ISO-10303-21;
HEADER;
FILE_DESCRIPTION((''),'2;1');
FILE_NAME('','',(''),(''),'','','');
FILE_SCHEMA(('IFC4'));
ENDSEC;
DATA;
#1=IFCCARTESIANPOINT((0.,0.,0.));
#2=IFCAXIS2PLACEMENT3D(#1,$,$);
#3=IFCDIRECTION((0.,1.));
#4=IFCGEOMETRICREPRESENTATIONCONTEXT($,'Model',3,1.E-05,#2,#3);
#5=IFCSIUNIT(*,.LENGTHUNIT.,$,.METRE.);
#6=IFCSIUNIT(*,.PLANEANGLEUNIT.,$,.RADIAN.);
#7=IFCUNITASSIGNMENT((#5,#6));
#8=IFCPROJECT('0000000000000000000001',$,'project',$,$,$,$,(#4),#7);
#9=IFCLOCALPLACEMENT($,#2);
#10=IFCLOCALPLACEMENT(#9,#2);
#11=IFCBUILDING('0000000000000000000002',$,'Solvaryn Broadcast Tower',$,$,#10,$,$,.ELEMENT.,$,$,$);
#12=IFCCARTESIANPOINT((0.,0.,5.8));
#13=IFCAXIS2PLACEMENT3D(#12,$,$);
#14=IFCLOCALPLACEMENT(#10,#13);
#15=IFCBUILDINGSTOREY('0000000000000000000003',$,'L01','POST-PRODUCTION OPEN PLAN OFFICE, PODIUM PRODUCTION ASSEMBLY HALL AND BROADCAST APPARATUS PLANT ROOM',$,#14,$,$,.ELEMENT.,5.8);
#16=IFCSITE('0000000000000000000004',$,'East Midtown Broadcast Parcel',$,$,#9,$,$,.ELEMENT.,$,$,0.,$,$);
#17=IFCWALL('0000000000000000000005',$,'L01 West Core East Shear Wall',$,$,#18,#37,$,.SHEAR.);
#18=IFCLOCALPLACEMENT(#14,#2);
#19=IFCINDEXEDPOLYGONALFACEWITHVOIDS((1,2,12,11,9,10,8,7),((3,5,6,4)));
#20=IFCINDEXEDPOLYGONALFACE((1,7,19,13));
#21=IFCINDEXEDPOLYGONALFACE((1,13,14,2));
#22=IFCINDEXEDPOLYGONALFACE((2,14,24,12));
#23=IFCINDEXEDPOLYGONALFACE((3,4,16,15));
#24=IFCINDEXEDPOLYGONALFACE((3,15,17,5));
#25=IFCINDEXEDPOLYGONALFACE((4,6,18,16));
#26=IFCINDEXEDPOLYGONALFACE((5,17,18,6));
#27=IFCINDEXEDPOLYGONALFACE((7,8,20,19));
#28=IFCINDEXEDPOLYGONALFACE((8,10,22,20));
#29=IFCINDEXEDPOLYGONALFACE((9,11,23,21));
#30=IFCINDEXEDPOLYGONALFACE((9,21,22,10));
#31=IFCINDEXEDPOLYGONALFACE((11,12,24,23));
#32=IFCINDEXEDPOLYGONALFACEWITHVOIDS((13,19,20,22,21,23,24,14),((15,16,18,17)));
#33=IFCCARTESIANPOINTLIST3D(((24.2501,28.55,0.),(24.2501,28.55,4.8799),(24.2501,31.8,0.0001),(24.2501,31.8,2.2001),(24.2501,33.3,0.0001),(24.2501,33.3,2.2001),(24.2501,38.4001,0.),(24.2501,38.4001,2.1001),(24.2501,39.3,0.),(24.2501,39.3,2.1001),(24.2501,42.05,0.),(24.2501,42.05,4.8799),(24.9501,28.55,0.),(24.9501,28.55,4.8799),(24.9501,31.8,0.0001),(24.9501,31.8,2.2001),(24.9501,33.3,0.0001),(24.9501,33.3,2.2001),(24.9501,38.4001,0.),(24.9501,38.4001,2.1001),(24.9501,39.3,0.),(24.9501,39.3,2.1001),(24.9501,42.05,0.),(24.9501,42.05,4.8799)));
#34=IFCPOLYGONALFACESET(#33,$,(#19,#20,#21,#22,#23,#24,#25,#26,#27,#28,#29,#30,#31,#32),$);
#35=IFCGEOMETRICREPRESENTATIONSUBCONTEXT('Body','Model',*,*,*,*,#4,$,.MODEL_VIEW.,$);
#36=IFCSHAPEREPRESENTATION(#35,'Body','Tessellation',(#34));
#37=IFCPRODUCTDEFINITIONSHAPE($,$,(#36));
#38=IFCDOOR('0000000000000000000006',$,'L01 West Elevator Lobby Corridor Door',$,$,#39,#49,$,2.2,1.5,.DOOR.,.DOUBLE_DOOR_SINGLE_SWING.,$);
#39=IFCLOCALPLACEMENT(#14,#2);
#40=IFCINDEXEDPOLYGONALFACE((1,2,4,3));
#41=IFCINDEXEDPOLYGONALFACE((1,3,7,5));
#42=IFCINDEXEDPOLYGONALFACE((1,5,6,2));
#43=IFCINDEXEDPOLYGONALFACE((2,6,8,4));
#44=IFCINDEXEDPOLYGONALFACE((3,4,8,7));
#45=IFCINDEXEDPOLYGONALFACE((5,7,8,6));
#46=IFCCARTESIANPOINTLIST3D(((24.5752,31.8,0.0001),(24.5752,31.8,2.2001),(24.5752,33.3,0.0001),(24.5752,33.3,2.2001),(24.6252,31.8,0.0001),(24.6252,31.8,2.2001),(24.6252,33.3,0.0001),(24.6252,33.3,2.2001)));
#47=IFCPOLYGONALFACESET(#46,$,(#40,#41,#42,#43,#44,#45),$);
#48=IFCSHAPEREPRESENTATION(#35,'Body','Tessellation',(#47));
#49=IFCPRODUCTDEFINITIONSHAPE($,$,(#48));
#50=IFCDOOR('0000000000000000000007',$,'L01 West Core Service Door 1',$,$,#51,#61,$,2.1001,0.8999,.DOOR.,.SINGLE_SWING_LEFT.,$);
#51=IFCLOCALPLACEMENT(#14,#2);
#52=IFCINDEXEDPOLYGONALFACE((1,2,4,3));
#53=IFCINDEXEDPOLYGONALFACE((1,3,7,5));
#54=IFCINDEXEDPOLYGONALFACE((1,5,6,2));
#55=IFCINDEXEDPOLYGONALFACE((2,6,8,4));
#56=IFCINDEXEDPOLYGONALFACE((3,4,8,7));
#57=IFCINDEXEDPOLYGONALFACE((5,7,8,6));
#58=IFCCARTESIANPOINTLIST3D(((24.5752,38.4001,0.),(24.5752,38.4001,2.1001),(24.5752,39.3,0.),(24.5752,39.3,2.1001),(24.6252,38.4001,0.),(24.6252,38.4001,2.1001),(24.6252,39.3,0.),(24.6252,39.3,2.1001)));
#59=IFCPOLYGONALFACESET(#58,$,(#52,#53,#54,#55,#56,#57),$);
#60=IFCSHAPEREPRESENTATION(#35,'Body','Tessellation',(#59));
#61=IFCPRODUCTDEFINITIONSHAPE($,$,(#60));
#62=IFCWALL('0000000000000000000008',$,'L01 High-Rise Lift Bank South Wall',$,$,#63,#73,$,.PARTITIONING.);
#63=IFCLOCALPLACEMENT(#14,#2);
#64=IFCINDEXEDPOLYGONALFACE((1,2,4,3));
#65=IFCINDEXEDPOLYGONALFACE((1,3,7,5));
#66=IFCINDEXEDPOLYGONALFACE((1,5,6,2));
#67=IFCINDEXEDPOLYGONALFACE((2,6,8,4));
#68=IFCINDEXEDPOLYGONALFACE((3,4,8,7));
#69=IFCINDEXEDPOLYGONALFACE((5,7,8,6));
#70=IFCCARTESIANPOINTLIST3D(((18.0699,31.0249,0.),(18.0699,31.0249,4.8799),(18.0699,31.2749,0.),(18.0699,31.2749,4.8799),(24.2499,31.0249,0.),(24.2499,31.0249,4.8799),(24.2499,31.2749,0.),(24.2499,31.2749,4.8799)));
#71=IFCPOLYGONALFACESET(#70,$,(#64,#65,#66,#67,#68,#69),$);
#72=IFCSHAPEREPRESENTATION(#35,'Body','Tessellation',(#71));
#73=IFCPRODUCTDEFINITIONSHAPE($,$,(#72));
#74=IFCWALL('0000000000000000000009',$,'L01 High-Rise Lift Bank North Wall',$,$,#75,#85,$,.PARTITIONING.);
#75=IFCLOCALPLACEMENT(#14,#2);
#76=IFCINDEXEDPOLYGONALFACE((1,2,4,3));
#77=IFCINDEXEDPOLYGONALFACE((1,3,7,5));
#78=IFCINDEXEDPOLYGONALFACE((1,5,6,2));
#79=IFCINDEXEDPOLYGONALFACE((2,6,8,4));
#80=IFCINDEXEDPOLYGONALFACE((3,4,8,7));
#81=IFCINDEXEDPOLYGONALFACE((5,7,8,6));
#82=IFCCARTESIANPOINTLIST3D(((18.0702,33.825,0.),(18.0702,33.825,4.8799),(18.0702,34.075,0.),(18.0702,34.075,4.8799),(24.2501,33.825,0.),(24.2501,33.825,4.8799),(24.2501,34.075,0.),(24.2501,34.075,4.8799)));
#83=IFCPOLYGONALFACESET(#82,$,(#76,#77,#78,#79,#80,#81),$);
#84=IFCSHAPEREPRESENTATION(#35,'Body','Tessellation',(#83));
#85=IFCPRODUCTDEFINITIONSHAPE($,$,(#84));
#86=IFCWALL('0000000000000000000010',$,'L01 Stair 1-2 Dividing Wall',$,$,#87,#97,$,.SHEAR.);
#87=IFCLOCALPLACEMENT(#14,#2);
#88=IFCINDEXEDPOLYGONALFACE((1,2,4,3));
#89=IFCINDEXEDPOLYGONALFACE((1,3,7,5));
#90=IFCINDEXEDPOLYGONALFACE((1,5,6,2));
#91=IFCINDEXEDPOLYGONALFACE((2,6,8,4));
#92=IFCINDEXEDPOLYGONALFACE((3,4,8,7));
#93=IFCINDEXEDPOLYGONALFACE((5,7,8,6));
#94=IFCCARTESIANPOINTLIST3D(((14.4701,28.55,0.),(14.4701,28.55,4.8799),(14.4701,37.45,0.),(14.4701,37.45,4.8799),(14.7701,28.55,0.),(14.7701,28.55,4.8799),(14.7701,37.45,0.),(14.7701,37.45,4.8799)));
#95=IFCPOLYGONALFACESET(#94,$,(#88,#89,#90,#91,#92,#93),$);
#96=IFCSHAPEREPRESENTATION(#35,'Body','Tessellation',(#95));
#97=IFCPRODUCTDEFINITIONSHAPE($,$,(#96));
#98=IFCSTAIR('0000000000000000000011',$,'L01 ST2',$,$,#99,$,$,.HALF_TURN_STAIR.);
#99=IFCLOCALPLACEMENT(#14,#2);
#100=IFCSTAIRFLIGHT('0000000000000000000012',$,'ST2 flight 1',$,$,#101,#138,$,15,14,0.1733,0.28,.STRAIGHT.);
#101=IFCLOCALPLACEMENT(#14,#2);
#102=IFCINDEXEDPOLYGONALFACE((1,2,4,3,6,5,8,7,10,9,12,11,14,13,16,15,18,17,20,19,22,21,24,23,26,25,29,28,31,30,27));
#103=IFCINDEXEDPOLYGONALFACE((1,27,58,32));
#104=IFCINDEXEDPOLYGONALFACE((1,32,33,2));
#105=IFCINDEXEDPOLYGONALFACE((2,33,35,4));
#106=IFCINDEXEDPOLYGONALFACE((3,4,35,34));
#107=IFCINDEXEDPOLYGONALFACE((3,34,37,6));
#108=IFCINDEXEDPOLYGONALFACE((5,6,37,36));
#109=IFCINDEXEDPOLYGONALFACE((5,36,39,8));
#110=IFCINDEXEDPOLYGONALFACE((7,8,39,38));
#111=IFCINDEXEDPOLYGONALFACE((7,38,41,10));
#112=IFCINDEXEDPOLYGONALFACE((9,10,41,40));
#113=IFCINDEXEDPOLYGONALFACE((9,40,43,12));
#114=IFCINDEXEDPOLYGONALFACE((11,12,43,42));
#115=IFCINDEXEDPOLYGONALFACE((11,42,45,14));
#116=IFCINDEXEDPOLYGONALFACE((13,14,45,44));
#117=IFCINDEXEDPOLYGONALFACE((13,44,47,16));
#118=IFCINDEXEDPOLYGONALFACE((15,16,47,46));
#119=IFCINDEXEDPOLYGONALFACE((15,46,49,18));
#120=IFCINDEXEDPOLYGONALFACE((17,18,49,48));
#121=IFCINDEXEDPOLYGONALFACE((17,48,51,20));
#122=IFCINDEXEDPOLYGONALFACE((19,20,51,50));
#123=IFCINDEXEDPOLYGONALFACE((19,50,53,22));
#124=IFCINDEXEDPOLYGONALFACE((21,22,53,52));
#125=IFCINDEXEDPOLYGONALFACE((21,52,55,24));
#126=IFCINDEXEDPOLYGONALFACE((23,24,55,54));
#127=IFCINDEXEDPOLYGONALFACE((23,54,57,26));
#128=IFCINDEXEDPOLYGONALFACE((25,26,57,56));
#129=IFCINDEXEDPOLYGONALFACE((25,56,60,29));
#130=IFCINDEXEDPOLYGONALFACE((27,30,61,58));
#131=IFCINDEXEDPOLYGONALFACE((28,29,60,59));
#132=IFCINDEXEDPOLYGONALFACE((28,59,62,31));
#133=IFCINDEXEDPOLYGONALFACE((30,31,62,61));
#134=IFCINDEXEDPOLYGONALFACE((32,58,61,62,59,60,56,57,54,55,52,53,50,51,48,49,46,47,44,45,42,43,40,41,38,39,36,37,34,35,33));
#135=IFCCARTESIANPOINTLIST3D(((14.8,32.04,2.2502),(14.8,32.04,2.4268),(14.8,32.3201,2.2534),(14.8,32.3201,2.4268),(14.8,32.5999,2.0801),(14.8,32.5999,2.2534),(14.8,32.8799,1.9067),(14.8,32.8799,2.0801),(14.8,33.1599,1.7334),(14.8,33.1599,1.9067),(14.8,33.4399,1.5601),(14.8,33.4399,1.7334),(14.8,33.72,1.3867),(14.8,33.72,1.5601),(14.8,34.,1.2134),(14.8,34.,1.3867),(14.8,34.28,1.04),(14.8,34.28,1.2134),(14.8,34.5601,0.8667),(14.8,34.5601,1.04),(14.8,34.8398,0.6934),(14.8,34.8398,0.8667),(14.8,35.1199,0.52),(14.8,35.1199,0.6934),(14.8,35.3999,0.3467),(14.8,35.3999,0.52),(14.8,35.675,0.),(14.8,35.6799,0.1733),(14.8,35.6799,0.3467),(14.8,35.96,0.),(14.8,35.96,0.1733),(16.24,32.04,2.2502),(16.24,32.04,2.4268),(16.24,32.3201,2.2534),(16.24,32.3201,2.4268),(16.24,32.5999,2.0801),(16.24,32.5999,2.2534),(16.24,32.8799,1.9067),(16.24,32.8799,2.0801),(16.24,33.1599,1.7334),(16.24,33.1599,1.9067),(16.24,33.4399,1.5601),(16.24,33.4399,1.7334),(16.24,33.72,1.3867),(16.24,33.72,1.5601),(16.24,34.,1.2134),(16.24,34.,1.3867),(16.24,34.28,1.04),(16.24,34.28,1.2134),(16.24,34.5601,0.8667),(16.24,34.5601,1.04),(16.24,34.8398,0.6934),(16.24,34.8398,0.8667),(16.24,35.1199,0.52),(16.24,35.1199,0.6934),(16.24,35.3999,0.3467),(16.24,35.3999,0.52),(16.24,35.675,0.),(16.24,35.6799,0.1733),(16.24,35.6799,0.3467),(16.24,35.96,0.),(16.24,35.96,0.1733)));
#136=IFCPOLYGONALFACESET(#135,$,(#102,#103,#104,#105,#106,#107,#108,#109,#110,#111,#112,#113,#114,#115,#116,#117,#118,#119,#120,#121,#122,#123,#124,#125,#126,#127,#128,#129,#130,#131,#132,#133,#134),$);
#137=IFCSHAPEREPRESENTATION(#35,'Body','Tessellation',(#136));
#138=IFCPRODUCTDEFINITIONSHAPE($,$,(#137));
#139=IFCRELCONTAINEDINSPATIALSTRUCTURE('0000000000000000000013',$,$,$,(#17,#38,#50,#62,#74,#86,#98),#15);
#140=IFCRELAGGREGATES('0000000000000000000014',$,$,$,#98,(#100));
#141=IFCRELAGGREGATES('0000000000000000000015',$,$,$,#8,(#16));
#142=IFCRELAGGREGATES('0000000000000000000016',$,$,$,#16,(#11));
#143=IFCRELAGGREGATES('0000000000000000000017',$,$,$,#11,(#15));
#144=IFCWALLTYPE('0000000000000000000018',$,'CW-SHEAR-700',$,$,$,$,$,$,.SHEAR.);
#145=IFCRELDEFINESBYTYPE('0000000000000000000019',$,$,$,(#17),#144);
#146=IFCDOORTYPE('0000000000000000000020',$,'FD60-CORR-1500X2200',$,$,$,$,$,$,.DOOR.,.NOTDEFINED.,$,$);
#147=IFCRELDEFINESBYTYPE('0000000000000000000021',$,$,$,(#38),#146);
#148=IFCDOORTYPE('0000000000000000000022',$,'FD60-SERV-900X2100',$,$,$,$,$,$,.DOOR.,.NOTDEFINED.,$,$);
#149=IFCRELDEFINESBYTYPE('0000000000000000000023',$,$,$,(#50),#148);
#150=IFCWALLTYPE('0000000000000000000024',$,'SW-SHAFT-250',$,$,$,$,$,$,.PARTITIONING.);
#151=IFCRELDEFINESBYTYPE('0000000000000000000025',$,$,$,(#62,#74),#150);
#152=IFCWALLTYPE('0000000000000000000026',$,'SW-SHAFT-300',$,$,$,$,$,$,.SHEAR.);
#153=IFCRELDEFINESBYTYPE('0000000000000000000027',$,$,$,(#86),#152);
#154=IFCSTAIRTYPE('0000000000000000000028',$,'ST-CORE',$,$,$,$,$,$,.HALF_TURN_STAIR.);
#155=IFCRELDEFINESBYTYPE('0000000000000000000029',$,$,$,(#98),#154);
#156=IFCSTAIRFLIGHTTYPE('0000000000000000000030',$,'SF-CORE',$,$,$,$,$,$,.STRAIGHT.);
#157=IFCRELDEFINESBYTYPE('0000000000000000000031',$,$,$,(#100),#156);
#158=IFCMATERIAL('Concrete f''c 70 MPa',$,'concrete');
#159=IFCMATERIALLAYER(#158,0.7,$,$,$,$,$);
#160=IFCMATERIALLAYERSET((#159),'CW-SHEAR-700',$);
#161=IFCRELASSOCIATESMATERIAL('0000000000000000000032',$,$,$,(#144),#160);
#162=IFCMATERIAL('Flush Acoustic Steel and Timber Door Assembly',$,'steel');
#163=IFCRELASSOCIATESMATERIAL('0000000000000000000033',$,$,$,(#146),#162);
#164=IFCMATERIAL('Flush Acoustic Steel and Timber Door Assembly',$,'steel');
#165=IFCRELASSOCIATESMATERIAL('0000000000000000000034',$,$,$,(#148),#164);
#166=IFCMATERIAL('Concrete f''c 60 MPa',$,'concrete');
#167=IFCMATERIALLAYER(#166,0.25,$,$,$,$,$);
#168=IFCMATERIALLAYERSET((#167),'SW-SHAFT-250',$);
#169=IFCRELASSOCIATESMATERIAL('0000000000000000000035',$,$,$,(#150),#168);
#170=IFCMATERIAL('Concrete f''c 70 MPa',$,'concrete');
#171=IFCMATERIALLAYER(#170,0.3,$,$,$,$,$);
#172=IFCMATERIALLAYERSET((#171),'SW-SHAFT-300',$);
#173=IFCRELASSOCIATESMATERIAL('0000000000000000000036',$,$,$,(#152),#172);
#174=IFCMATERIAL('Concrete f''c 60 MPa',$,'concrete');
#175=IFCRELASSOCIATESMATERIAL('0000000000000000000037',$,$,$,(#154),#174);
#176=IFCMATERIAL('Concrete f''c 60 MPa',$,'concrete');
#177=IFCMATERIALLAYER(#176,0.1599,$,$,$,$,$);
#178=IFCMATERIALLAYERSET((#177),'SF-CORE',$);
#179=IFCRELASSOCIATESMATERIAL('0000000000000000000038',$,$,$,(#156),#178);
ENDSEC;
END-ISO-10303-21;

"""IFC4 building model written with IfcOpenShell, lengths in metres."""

from ifc_helpers import new_model, si_unit, direction, frame, frame_2d, origin, place, context, subcontext, project, spatial, polyline, rectangle, outline, extrude, material, layer, layer_set, type_object, element, fill, aggregate, save


model = new_model("IFC4")

# Units and contexts
model_context = context("Model", 3, precision=1e-05, world=origin(), true_north=direction((0.0, 1.0)))
body_context = subcontext(model_context, "Body", "Model", "MODEL_VIEW")
ifc_project = project(units=[si_unit("LENGTHUNIT", "METRE"), si_unit("PLANEANGLEUNIT", "RADIAN")], contexts=[model_context])

# Site, building, storey
site_placement = place(None, origin())
site = spatial("IfcSite", under=ifc_project, at=site_placement, Name="East Midtown Broadcast Parcel", CompositionType="ELEMENT", RefElevation=0.0)
building_placement = place(site_placement, origin())
building = spatial("IfcBuilding", under=site, at=building_placement, Name="Solvaryn Broadcast Tower", CompositionType="ELEMENT")
storey_placement = place(building_placement, frame((0.0, 0.0, 5.8)))
storey = spatial("IfcBuildingStorey", under=building, at=storey_placement, Name="L01", Description="POST-PRODUCTION OPEN PLAN OFFICE, PODIUM PRODUCTION ASSEMBLY HALL AND BROADCAST APPARATUS PLANT ROOM", CompositionType="ELEMENT", Elevation=5.8)

# Wall, openings, doors
ifc_material_1 = material(Name="Concrete f'c 70 MPa", Category="concrete")
ifc_layer_1 = layer(ifc_material_1, 0.7)
ifc_layer_set_1 = layer_set([ifc_layer_1], Name="CW-SHEAR-700")
wall_type_1 = type_object("IfcWallType", Name="CW-SHEAR-700", PredefinedType="SHEAR", material=ifc_layer_set_1)
wall_1_placement = place(storey_placement, frame((24.6001, 28.55, 0.0), z_axis=(0.0, 0.0, 1.0), x_axis=(0.0, 1.0, 0.0)))
wall_1 = element("IfcWall", 1, at=wall_1_placement, inside=storey, type_object=wall_type_1, Name="L01 West Core East Shear Wall", PredefinedType="SHEAR", context=body_context, shape_type="SweptSolid", body=[
    extrude(rectangle(XDim=13.5, YDim=0.7, at=frame_2d((6.75, 0.0))), origin(), (0.0, 0.0, 1.0), 4.8799),
])
opening_1_placement = place(wall_1_placement, frame((3.25, 0.0, 0.0)))
opening_1 = element("IfcOpeningElement", 2, at=opening_1_placement, cuts=wall_1, PredefinedType="OPENING", context=body_context, shape_type="SweptSolid", body=[
    extrude(rectangle(XDim=1.5, YDim=2.2, at=frame_2d((0.75, 1.1001))), frame((0.0, 0.3601, 0.0), z_axis=(0.0, -1.0, 0.0), x_axis=(1.0, 0.0, 0.0)), (0.0, 0.0, 1.0), 0.72),
])
opening_2_placement = place(wall_1_placement, frame((9.8501, 0.0, 0.0)))
opening_2 = element("IfcOpeningElement", 3, at=opening_2_placement, cuts=wall_1, PredefinedType="OPENING", context=body_context, shape_type="SweptSolid", body=[
    extrude(rectangle(XDim=0.8999, YDim=2.1001, at=frame_2d((0.45, 1.05))), frame((0.0, 0.3601, 0.0), z_axis=(0.0, -1.0, 0.0), x_axis=(1.0, 0.0, 0.0)), (0.0, 0.0, 1.0), 0.72),
])
ifc_material_2 = material(Name="Flush Acoustic Steel and Timber Door Assembly", Category="steel")
door_type_1 = type_object("IfcDoorType", Name="FD60-CORR-1500X2200", OperationType="NOTDEFINED", PredefinedType="DOOR", material=ifc_material_2)
door_1_placement = place(opening_1_placement, origin())
door_1 = element("IfcDoor", 4, at=door_1_placement, inside=storey, type_object=door_type_1, Name="L01 West Elevator Lobby Corridor Door", OperationType="DOUBLE_DOOR_SINGLE_SWING", OverallHeight=2.2, OverallWidth=1.5, PredefinedType="DOOR", context=body_context, shape_type="SweptSolid", body=[
    extrude(rectangle(XDim=1.5, YDim=2.2, at=frame_2d((0.75, 1.1001))), frame((0.0, 0.0249, 0.0), z_axis=(0.0, -1.0, 0.0), x_axis=(1.0, 0.0, 0.0)), (0.0, 0.0, 1.0), 0.05),
])
fill(opening_1, door_1)
ifc_material_3 = material(Name="Flush Acoustic Steel and Timber Door Assembly", Category="steel")
door_type_2 = type_object("IfcDoorType", Name="FD60-SERV-900X2100", OperationType="NOTDEFINED", PredefinedType="DOOR", material=ifc_material_3)
door_2_placement = place(opening_2_placement, origin())
door_2 = element("IfcDoor", 5, at=door_2_placement, inside=storey, type_object=door_type_2, Name="L01 West Core Service Door 1", OperationType="SINGLE_SWING_LEFT", OverallHeight=2.1001, OverallWidth=0.8999, PredefinedType="DOOR", context=body_context, shape_type="SweptSolid", body=[
    extrude(rectangle(XDim=0.8999, YDim=2.1001, at=frame_2d((0.45, 1.05))), frame((0.0, 0.0249, 0.0), z_axis=(0.0, -1.0, 0.0), x_axis=(1.0, 0.0, 0.0)), (0.0, 0.0, 1.0), 0.05),
])
fill(opening_2, door_2)

# Walls
ifc_material_4 = material(Name="Concrete f'c 60 MPa", Category="concrete")
ifc_layer_2 = layer(ifc_material_4, 0.25)
ifc_layer_set_2 = layer_set([ifc_layer_2], Name="SW-SHAFT-250")
wall_type_2 = type_object("IfcWallType", Name="SW-SHAFT-250", PredefinedType="PARTITIONING", material=ifc_layer_set_2)
for number, where, z_axis, x_axis, name in (
    (6, (18.0701, 31.1499, 0.0), (0.0, 0.0, 1.0), (1.0, 0.0, 0.0), "L01 High-Rise Lift Bank South Wall"),
    (7, (24.25, 33.95, 0.0), (0.0, 0.0, 1.0), (-1.0, 0.0, 0.0), "L01 High-Rise Lift Bank North Wall"),
):
    element("IfcWall", number, at=place(storey_placement, frame(where, z_axis=z_axis, x_axis=x_axis)), inside=storey, type_object=wall_type_2, Name=name, PredefinedType="PARTITIONING", context=body_context, shape_type="SweptSolid", body=[
        extrude(rectangle(XDim=6.1799, YDim=0.25, at=frame_2d((3.0898, 0.0))), origin(), (0.0, 0.0, 1.0), 4.8799),
    ])
ifc_material_5 = material(Name="Concrete f'c 70 MPa", Category="concrete")
ifc_layer_3 = layer(ifc_material_5, 0.3)
ifc_layer_set_3 = layer_set([ifc_layer_3], Name="SW-SHAFT-300")
wall_type_3 = type_object("IfcWallType", Name="SW-SHAFT-300", PredefinedType="SHEAR", material=ifc_layer_set_3)
wall_2_placement = place(storey_placement, frame((14.6201, 28.55, 0.0), z_axis=(0.0, 0.0, 1.0), x_axis=(0.0, 1.0, 0.0)))
element("IfcWall", 8, at=wall_2_placement, inside=storey, type_object=wall_type_3, Name="L01 Stair 1-2 Dividing Wall", PredefinedType="SHEAR", context=body_context, shape_type="SweptSolid", body=[
    extrude(rectangle(XDim=8.8999, YDim=0.3, at=frame_2d((4.45, 0.0))), origin(), (0.0, 0.0, 1.0), 4.8799),
])

# Stair, stair flight
ifc_material_6 = material(Name="Concrete f'c 60 MPa", Category="concrete")
stair_type = type_object("IfcStairType", Name="ST-CORE", PredefinedType="HALF_TURN_STAIR", material=ifc_material_6)
stair_placement = place(storey_placement, origin())
stair = element("IfcStair", 9, at=stair_placement, inside=storey, type_object=stair_type, Name="L01 ST2", PredefinedType="HALF_TURN_STAIR")
ifc_material_7 = material(Name="Concrete f'c 60 MPa", Category="concrete")
ifc_layer_4 = layer(ifc_material_7, 0.1599)
ifc_layer_set_4 = layer_set([ifc_layer_4], Name="SF-CORE")
stair_flight_type = type_object("IfcStairFlightType", Name="SF-CORE", PredefinedType="STRAIGHT", material=ifc_layer_set_4)
stair_flight_1_placement = place(storey_placement, frame((15.52, 35.96, 0.0), z_axis=(0.0, 0.0, 1.0), x_axis=(0.0, -1.0, 0.0)))
stair_flight_1 = element("IfcStairFlight", 10, at=stair_flight_1_placement, type_object=stair_flight_type, Name="ST2 flight 1", NumberOfRisers=15, NumberOfTreads=14, PredefinedType="STRAIGHT", RiserHeight=0.1733, TreadLength=0.28, context=body_context, shape_type="SweptSolid", body=[
    extrude(outline(polyline([(0.0, 0.0), (0.0, 0.1733), (0.28, 0.1733), (0.28, 0.3467), (0.5601, 0.3467), (0.5601, 0.52), (0.8401, 0.52), (0.8401, 0.6934), (1.1201, 0.6934), (1.1201, 0.8667), (1.3999, 0.8667), (1.3999, 1.04), (1.6799, 1.04), (1.6799, 1.2134), (1.96, 1.2134), (1.96, 1.3867), (2.24, 1.3867), (2.24, 1.5601), (2.52, 1.5601), (2.52, 1.7334), (2.8, 1.7334), (2.8, 1.9067), (3.0801, 1.9067), (3.0801, 2.0801), (3.3601, 2.0801), (3.3601, 2.2534), (3.6399, 2.2534), (3.6399, 2.4268), (3.9199, 2.4268), (3.9199, 2.6001), (3.9199, 2.2502), (0.2849, 0.0), (0.0, 0.0)])), frame((0.0, 0.72, 0.0), z_axis=(0.0, -1.0, 0.0), x_axis=(1.0, 0.0, 0.0)), (0.0, 0.0, 1.0), 1.4399),
])
aggregate(stair, [stair_flight_1])

save(model, "model.ifc")
